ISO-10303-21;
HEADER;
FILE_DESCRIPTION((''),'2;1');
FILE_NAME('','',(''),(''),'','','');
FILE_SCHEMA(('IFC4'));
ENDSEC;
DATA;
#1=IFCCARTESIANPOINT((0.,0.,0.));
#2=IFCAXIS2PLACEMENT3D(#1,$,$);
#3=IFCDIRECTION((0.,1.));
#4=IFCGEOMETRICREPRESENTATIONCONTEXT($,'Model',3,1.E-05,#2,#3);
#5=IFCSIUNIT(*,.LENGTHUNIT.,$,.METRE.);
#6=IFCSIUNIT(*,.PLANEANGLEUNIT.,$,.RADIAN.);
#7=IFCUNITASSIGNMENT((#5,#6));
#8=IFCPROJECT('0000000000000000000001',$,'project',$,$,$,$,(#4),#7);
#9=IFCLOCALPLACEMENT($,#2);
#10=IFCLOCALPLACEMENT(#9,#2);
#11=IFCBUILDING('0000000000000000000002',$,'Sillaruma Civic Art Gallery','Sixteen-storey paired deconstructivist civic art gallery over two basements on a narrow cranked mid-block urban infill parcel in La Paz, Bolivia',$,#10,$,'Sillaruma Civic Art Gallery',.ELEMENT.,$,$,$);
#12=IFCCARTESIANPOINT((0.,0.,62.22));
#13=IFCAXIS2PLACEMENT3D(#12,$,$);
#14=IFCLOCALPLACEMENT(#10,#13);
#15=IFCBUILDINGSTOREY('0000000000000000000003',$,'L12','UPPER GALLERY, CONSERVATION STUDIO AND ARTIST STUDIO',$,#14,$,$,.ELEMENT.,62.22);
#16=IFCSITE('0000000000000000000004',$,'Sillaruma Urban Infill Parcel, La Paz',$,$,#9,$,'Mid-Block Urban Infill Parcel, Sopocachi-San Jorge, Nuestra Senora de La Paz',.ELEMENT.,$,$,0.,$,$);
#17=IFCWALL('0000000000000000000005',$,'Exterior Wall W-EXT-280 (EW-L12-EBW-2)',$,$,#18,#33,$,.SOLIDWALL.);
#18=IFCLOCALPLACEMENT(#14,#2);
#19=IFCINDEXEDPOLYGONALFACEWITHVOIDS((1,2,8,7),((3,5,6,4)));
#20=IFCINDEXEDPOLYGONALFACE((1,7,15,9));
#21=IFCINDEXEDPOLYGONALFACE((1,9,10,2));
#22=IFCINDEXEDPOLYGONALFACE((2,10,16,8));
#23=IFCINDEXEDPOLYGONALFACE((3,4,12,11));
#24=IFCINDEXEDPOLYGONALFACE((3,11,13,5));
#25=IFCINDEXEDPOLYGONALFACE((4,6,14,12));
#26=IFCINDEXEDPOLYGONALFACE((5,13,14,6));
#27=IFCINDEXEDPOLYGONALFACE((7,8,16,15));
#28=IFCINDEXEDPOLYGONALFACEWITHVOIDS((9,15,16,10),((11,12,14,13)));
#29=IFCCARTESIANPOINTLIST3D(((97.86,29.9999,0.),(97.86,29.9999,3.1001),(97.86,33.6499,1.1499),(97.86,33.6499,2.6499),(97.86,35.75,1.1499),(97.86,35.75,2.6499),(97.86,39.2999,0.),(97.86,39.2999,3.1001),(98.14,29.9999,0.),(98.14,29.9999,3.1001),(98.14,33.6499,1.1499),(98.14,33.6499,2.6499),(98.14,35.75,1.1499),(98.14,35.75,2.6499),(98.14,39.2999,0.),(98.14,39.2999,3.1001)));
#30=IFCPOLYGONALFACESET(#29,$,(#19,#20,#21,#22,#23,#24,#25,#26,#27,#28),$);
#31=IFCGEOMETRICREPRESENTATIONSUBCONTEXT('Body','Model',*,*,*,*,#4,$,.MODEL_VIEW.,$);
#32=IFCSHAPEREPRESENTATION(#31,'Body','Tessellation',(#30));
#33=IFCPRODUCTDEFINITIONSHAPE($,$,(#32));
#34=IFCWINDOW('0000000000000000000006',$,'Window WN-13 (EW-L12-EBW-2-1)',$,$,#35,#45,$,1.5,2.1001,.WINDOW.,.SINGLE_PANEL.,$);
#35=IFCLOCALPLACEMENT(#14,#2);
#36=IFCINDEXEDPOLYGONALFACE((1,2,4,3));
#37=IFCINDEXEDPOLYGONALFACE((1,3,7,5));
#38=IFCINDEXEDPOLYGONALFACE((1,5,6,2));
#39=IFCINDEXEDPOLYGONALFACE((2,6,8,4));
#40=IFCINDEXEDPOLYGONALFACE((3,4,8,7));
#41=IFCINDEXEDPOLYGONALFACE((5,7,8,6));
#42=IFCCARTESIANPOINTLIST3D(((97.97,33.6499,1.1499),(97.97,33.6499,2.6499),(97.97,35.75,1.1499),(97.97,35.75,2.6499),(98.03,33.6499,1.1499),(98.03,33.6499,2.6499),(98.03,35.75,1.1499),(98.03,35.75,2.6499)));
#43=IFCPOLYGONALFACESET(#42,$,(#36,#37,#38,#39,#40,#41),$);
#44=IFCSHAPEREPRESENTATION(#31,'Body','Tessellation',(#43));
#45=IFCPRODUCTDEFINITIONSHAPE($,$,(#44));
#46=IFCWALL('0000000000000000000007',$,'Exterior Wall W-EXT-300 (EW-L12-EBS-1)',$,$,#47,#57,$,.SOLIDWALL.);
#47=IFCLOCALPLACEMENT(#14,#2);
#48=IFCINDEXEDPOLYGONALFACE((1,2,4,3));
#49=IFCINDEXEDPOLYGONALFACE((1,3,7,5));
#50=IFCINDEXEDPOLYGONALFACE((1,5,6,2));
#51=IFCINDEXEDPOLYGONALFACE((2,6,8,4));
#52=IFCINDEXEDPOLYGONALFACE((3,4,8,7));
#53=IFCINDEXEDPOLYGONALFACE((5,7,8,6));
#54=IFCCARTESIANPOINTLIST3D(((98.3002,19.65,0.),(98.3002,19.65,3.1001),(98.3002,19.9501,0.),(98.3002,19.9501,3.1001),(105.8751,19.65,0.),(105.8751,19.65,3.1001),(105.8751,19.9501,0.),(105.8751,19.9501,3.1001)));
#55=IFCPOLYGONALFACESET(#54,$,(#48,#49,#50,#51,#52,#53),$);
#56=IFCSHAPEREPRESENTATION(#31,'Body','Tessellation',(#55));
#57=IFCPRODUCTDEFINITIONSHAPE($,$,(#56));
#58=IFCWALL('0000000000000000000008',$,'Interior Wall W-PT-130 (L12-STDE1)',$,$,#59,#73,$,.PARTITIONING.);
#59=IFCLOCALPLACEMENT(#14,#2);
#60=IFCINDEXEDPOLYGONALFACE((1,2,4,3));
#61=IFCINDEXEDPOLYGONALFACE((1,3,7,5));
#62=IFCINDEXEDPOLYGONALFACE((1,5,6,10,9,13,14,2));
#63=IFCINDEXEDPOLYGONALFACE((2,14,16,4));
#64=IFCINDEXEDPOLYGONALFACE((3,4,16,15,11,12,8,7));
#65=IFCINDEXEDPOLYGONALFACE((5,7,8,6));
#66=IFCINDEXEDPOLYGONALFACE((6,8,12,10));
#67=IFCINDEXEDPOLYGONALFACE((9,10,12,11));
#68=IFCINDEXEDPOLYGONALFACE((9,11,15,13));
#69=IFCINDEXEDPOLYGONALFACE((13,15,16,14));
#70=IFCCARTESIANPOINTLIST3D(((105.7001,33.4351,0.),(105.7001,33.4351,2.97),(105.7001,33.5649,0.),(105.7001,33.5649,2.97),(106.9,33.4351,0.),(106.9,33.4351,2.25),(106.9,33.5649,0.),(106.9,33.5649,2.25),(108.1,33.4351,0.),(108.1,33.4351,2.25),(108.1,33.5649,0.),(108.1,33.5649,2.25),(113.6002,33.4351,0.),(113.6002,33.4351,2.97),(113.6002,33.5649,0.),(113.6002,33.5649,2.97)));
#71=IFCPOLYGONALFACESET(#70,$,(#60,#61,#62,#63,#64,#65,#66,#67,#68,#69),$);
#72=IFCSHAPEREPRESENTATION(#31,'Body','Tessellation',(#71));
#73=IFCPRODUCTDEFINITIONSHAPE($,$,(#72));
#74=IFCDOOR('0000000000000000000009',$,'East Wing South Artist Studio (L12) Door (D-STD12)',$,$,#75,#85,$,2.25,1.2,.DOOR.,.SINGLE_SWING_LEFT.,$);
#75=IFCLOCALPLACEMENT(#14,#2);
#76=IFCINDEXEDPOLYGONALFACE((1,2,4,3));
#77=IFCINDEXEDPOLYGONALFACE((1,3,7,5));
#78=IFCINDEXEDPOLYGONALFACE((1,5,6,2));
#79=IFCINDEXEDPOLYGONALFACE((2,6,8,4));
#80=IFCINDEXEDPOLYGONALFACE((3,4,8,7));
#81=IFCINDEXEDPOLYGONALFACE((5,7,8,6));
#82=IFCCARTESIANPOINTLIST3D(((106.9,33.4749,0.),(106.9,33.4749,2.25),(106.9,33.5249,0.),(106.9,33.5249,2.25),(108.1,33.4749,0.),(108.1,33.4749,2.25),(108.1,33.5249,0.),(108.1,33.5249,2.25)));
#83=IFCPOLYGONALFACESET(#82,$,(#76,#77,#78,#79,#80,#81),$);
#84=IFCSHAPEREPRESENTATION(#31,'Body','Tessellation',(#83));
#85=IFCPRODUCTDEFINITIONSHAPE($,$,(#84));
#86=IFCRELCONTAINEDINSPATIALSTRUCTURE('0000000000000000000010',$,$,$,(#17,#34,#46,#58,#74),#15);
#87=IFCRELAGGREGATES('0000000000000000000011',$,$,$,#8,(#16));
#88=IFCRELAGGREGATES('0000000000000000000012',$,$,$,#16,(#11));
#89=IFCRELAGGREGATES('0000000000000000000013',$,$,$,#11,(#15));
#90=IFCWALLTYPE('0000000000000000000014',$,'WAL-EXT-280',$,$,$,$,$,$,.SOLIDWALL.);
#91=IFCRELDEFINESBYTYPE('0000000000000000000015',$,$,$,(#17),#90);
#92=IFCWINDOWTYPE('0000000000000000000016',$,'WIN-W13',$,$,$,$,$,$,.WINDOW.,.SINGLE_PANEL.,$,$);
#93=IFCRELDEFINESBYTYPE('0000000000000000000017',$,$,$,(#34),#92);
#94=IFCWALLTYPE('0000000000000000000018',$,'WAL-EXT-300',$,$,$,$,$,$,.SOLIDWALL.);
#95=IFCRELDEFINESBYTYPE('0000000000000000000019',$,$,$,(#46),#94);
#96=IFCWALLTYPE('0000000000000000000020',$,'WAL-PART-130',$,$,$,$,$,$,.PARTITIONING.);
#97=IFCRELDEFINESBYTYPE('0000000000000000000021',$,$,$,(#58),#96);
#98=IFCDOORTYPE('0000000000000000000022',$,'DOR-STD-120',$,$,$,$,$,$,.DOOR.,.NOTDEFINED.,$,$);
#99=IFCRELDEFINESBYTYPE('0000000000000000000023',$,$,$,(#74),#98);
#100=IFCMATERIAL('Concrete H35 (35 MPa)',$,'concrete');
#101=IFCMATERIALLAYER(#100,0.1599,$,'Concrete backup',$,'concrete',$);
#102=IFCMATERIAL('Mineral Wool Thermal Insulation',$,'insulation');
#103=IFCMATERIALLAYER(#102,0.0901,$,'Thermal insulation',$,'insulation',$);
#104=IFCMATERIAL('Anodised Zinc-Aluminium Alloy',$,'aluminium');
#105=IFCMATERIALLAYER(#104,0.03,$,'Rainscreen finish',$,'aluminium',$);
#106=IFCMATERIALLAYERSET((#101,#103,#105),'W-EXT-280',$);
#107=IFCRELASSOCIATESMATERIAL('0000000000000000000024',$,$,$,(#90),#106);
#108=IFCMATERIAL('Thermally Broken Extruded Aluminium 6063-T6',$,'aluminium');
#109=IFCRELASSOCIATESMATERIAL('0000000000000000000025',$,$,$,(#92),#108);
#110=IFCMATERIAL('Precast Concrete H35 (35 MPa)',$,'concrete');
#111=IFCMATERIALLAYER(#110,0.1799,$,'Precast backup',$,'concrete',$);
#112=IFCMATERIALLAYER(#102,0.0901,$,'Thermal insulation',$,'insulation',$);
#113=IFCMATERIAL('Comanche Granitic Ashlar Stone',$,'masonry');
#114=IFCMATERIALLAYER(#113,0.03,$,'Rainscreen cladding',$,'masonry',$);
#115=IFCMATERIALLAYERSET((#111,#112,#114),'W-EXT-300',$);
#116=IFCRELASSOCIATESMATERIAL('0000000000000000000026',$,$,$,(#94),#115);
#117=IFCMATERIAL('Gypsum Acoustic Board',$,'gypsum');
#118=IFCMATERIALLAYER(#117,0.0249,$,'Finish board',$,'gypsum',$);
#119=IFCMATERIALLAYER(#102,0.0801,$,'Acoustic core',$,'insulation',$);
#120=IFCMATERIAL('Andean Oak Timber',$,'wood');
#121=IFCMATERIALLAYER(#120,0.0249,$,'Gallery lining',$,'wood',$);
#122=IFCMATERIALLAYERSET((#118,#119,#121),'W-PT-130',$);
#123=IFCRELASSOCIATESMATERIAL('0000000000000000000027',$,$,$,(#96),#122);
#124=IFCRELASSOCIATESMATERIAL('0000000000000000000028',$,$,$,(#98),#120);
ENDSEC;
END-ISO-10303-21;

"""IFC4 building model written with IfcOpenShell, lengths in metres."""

from ifc_helpers import new_model, si_unit, direction, frame, frame_2d, origin, place, context, subcontext, project, spatial, rectangle, extrude, material, layer, layer_set, type_object, element, fill, save


model = new_model("IFC4")

# Units and contexts
model_context = context("Model", 3, precision=1e-05, world=origin(), true_north=direction((0.0, 1.0)))
body_context = subcontext(model_context, "Body", "Model", "MODEL_VIEW")
ifc_project = project(units=[si_unit("LENGTHUNIT", "METRE"), si_unit("PLANEANGLEUNIT", "RADIAN")], contexts=[model_context])

# Site, building, storey
site_placement = place(None, origin())
site = spatial("IfcSite", under=ifc_project, at=site_placement, Name="Sillaruma Urban Infill Parcel, La Paz", LongName="Mid-Block Urban Infill Parcel, Sopocachi-San Jorge, Nuestra Senora de La Paz", CompositionType="ELEMENT", RefElevation=0.0)
building_placement = place(site_placement, origin())
building = spatial("IfcBuilding", under=site, at=building_placement, Name="Sillaruma Civic Art Gallery", Description="Sixteen-storey paired deconstructivist civic art gallery over two basements on a narrow cranked mid-block urban infill parcel in La Paz, Bolivia", LongName="Sillaruma Civic Art Gallery", CompositionType="ELEMENT")
storey_placement = place(building_placement, frame((0.0, 0.0, 62.22)))
storey = spatial("IfcBuildingStorey", under=building, at=storey_placement, Name="L12", Description="UPPER GALLERY, CONSERVATION STUDIO AND ARTIST STUDIO", CompositionType="ELEMENT", Elevation=62.22)

# Shared definitions
ifc_material_1 = material(Name="Concrete H35 (35 MPa)", Category="concrete")

# Shared definitions
ifc_material_2 = material(Name="Thermally Broken Extruded Aluminium 6063-T6", Category="aluminium")

# Shared definitions
ifc_layer_1 = layer(ifc_material_1, 0.1599, Name="Concrete backup", Category="concrete")
ifc_material_3 = material(Name="Mineral Wool Thermal Insulation", Category="insulation")
ifc_layer_2 = layer(ifc_material_3, 0.0901, Name="Thermal insulation", Category="insulation")
ifc_material_4 = material(Name="Anodised Zinc-Aluminium Alloy", Category="aluminium")
ifc_layer_3 = layer(ifc_material_4, 0.03, Name="Rainscreen finish", Category="aluminium")
ifc_layer_set_1 = layer_set([ifc_layer_1, ifc_layer_2, ifc_layer_3], Name="W-EXT-280")
wall_type_1 = type_object("IfcWallType", Name="WAL-EXT-280", PredefinedType="SOLIDWALL", material=ifc_layer_set_1)

# Wall, opening, window
wall_1_placement = place(storey_placement, frame((98.0, 30.0, 0.0), z_axis=(0.0, 0.0, 1.0), x_axis=(0.0, 1.0, 0.0)))
wall_1 = element("IfcWall", 1, at=wall_1_placement, inside=storey, type_object=wall_type_1, Name="Exterior Wall W-EXT-280 (EW-L12-EBW-2)", PredefinedType="SOLIDWALL", context=body_context, shape_type="SweptSolid", body=[
    extrude(rectangle(XDim=9.3, YDim=0.28, at=frame_2d((4.6499, 0.0))), origin(), (0.0, 0.0, 1.0), 3.1001),
])
opening_1_placement = place(wall_1_placement, frame((3.6499, 0.0, 1.1499)))
opening_1 = element("IfcOpeningElement", 2, at=opening_1_placement, cuts=wall_1, PredefinedType="OPENING", context=body_context, shape_type="SweptSolid", body=[
    extrude(rectangle(XDim=2.1001, YDim=1.5, at=frame_2d((1.05, 0.75))), frame((0.0, 0.1499, 0.0), z_axis=(0.0, -1.0, 0.0), x_axis=(1.0, 0.0, 0.0)), (0.0, 0.0, 1.0), 0.3),
])
window_type_1 = type_object("IfcWindowType", Name="WIN-W13", PartitioningType="SINGLE_PANEL", PredefinedType="WINDOW", material=ifc_material_2)
window_1_placement = place(opening_1_placement, origin())
window_1 = element("IfcWindow", 3, at=window_1_placement, inside=storey, type_object=window_type_1, Name="Window WN-13 (EW-L12-EBW-2-1)", OverallHeight=1.5, OverallWidth=2.1001, PartitioningType="SINGLE_PANEL", PredefinedType="WINDOW", context=body_context, shape_type="SweptSolid", body=[
    extrude(rectangle(XDim=2.1001, YDim=1.5, at=frame_2d((1.05, 0.75))), frame((0.0, 0.03, 0.0), z_axis=(0.0, -1.0, 0.0), x_axis=(1.0, 0.0, 0.0)), (0.0, 0.0, 1.0), 0.0601),
])
fill(opening_1, window_1)

# Wall
ifc_material_5 = material(Name="Precast Concrete H35 (35 MPa)", Category="concrete")
ifc_layer_4 = layer(ifc_material_5, 0.1799, Name="Precast backup", Category="concrete")
ifc_layer_5 = layer(ifc_material_3, 0.0901, Name="Thermal insulation", Category="insulation")
ifc_material_6 = material(Name="Comanche Granitic Ashlar Stone", Category="masonry")
ifc_layer_6 = layer(ifc_material_6, 0.03, Name="Rainscreen cladding", Category="masonry")
ifc_layer_set_2 = layer_set([ifc_layer_4, ifc_layer_5, ifc_layer_6], Name="W-EXT-300")
wall_type_2 = type_object("IfcWallType", Name="WAL-EXT-300", PredefinedType="SOLIDWALL", material=ifc_layer_set_2)
wall_2_placement = place(storey_placement, frame((98.3, 19.8, 0.0), z_axis=(0.0, 0.0, 1.0), x_axis=(1.0, 0.0, 0.0)))
element("IfcWall", 4, at=wall_2_placement, inside=storey, type_object=wall_type_2, Name="Exterior Wall W-EXT-300 (EW-L12-EBS-1)", PredefinedType="SOLIDWALL", context=body_context, shape_type="SweptSolid", body=[
    extrude(rectangle(XDim=7.575, YDim=0.3, at=frame_2d((3.7876, 0.0))), origin(), (0.0, 0.0, 1.0), 3.1001),
])

# Wall, opening, door
ifc_material_7 = material(Name="Gypsum Acoustic Board", Category="gypsum")
ifc_layer_7 = layer(ifc_material_7, 0.0249, Name="Finish board", Category="gypsum")
ifc_layer_8 = layer(ifc_material_3, 0.0801, Name="Acoustic core", Category="insulation")
ifc_material_8 = material(Name="Andean Oak Timber", Category="wood")
ifc_layer_9 = layer(ifc_material_8, 0.0249, Name="Gallery lining", Category="wood")
ifc_layer_set_3 = layer_set([ifc_layer_7, ifc_layer_8, ifc_layer_9], Name="W-PT-130")
wall_type_3 = type_object("IfcWallType", Name="WAL-PART-130", PredefinedType="PARTITIONING", material=ifc_layer_set_3)
wall_3_placement = place(storey_placement, frame((105.7, 33.5, 0.0), z_axis=(0.0, 0.0, 1.0), x_axis=(1.0, 0.0, 0.0)))
wall_3 = element("IfcWall", 5, at=wall_3_placement, inside=storey, type_object=wall_type_3, Name="Interior Wall W-PT-130 (L12-STDE1)", PredefinedType="PARTITIONING", context=body_context, shape_type="SweptSolid", body=[
    extrude(rectangle(XDim=7.9001, YDim=0.1299, at=frame_2d((3.9502, 0.0))), origin(), (0.0, 0.0, 1.0), 2.97),
])
opening_2_placement = place(wall_3_placement, frame((1.2, 0.0, 0.0)))
opening_2 = element("IfcOpeningElement", 6, at=opening_2_placement, cuts=wall_3, PredefinedType="OPENING", context=body_context, shape_type="SweptSolid", body=[
    extrude(rectangle(XDim=1.2, YDim=2.25, at=frame_2d((0.6001, 1.125))), frame((0.0, 0.075, 0.0), z_axis=(0.0, -1.0, 0.0), x_axis=(1.0, 0.0, 0.0)), (0.0, 0.0, 1.0), 0.1499),
])
door_type = type_object("IfcDoorType", Name="DOR-STD-120", OperationType="NOTDEFINED", PredefinedType="DOOR", material=ifc_material_8)
door_placement = place(opening_2_placement, origin())
door = element("IfcDoor", 7, at=door_placement, inside=storey, type_object=door_type, Name="East Wing South Artist Studio (L12) Door (D-STD12)", OperationType="SINGLE_SWING_LEFT", OverallHeight=2.25, OverallWidth=1.2, PredefinedType="DOOR", context=body_context, shape_type="SweptSolid", body=[
    extrude(rectangle(XDim=1.2, YDim=2.25, at=frame_2d((0.6001, 1.125))), frame((0.0, 0.0249, 0.0), z_axis=(0.0, -1.0, 0.0), x_axis=(1.0, 0.0, 0.0)), (0.0, 0.0, 1.0), 0.05),
])
fill(opening_2, door)

save(model, "model.ifc")
